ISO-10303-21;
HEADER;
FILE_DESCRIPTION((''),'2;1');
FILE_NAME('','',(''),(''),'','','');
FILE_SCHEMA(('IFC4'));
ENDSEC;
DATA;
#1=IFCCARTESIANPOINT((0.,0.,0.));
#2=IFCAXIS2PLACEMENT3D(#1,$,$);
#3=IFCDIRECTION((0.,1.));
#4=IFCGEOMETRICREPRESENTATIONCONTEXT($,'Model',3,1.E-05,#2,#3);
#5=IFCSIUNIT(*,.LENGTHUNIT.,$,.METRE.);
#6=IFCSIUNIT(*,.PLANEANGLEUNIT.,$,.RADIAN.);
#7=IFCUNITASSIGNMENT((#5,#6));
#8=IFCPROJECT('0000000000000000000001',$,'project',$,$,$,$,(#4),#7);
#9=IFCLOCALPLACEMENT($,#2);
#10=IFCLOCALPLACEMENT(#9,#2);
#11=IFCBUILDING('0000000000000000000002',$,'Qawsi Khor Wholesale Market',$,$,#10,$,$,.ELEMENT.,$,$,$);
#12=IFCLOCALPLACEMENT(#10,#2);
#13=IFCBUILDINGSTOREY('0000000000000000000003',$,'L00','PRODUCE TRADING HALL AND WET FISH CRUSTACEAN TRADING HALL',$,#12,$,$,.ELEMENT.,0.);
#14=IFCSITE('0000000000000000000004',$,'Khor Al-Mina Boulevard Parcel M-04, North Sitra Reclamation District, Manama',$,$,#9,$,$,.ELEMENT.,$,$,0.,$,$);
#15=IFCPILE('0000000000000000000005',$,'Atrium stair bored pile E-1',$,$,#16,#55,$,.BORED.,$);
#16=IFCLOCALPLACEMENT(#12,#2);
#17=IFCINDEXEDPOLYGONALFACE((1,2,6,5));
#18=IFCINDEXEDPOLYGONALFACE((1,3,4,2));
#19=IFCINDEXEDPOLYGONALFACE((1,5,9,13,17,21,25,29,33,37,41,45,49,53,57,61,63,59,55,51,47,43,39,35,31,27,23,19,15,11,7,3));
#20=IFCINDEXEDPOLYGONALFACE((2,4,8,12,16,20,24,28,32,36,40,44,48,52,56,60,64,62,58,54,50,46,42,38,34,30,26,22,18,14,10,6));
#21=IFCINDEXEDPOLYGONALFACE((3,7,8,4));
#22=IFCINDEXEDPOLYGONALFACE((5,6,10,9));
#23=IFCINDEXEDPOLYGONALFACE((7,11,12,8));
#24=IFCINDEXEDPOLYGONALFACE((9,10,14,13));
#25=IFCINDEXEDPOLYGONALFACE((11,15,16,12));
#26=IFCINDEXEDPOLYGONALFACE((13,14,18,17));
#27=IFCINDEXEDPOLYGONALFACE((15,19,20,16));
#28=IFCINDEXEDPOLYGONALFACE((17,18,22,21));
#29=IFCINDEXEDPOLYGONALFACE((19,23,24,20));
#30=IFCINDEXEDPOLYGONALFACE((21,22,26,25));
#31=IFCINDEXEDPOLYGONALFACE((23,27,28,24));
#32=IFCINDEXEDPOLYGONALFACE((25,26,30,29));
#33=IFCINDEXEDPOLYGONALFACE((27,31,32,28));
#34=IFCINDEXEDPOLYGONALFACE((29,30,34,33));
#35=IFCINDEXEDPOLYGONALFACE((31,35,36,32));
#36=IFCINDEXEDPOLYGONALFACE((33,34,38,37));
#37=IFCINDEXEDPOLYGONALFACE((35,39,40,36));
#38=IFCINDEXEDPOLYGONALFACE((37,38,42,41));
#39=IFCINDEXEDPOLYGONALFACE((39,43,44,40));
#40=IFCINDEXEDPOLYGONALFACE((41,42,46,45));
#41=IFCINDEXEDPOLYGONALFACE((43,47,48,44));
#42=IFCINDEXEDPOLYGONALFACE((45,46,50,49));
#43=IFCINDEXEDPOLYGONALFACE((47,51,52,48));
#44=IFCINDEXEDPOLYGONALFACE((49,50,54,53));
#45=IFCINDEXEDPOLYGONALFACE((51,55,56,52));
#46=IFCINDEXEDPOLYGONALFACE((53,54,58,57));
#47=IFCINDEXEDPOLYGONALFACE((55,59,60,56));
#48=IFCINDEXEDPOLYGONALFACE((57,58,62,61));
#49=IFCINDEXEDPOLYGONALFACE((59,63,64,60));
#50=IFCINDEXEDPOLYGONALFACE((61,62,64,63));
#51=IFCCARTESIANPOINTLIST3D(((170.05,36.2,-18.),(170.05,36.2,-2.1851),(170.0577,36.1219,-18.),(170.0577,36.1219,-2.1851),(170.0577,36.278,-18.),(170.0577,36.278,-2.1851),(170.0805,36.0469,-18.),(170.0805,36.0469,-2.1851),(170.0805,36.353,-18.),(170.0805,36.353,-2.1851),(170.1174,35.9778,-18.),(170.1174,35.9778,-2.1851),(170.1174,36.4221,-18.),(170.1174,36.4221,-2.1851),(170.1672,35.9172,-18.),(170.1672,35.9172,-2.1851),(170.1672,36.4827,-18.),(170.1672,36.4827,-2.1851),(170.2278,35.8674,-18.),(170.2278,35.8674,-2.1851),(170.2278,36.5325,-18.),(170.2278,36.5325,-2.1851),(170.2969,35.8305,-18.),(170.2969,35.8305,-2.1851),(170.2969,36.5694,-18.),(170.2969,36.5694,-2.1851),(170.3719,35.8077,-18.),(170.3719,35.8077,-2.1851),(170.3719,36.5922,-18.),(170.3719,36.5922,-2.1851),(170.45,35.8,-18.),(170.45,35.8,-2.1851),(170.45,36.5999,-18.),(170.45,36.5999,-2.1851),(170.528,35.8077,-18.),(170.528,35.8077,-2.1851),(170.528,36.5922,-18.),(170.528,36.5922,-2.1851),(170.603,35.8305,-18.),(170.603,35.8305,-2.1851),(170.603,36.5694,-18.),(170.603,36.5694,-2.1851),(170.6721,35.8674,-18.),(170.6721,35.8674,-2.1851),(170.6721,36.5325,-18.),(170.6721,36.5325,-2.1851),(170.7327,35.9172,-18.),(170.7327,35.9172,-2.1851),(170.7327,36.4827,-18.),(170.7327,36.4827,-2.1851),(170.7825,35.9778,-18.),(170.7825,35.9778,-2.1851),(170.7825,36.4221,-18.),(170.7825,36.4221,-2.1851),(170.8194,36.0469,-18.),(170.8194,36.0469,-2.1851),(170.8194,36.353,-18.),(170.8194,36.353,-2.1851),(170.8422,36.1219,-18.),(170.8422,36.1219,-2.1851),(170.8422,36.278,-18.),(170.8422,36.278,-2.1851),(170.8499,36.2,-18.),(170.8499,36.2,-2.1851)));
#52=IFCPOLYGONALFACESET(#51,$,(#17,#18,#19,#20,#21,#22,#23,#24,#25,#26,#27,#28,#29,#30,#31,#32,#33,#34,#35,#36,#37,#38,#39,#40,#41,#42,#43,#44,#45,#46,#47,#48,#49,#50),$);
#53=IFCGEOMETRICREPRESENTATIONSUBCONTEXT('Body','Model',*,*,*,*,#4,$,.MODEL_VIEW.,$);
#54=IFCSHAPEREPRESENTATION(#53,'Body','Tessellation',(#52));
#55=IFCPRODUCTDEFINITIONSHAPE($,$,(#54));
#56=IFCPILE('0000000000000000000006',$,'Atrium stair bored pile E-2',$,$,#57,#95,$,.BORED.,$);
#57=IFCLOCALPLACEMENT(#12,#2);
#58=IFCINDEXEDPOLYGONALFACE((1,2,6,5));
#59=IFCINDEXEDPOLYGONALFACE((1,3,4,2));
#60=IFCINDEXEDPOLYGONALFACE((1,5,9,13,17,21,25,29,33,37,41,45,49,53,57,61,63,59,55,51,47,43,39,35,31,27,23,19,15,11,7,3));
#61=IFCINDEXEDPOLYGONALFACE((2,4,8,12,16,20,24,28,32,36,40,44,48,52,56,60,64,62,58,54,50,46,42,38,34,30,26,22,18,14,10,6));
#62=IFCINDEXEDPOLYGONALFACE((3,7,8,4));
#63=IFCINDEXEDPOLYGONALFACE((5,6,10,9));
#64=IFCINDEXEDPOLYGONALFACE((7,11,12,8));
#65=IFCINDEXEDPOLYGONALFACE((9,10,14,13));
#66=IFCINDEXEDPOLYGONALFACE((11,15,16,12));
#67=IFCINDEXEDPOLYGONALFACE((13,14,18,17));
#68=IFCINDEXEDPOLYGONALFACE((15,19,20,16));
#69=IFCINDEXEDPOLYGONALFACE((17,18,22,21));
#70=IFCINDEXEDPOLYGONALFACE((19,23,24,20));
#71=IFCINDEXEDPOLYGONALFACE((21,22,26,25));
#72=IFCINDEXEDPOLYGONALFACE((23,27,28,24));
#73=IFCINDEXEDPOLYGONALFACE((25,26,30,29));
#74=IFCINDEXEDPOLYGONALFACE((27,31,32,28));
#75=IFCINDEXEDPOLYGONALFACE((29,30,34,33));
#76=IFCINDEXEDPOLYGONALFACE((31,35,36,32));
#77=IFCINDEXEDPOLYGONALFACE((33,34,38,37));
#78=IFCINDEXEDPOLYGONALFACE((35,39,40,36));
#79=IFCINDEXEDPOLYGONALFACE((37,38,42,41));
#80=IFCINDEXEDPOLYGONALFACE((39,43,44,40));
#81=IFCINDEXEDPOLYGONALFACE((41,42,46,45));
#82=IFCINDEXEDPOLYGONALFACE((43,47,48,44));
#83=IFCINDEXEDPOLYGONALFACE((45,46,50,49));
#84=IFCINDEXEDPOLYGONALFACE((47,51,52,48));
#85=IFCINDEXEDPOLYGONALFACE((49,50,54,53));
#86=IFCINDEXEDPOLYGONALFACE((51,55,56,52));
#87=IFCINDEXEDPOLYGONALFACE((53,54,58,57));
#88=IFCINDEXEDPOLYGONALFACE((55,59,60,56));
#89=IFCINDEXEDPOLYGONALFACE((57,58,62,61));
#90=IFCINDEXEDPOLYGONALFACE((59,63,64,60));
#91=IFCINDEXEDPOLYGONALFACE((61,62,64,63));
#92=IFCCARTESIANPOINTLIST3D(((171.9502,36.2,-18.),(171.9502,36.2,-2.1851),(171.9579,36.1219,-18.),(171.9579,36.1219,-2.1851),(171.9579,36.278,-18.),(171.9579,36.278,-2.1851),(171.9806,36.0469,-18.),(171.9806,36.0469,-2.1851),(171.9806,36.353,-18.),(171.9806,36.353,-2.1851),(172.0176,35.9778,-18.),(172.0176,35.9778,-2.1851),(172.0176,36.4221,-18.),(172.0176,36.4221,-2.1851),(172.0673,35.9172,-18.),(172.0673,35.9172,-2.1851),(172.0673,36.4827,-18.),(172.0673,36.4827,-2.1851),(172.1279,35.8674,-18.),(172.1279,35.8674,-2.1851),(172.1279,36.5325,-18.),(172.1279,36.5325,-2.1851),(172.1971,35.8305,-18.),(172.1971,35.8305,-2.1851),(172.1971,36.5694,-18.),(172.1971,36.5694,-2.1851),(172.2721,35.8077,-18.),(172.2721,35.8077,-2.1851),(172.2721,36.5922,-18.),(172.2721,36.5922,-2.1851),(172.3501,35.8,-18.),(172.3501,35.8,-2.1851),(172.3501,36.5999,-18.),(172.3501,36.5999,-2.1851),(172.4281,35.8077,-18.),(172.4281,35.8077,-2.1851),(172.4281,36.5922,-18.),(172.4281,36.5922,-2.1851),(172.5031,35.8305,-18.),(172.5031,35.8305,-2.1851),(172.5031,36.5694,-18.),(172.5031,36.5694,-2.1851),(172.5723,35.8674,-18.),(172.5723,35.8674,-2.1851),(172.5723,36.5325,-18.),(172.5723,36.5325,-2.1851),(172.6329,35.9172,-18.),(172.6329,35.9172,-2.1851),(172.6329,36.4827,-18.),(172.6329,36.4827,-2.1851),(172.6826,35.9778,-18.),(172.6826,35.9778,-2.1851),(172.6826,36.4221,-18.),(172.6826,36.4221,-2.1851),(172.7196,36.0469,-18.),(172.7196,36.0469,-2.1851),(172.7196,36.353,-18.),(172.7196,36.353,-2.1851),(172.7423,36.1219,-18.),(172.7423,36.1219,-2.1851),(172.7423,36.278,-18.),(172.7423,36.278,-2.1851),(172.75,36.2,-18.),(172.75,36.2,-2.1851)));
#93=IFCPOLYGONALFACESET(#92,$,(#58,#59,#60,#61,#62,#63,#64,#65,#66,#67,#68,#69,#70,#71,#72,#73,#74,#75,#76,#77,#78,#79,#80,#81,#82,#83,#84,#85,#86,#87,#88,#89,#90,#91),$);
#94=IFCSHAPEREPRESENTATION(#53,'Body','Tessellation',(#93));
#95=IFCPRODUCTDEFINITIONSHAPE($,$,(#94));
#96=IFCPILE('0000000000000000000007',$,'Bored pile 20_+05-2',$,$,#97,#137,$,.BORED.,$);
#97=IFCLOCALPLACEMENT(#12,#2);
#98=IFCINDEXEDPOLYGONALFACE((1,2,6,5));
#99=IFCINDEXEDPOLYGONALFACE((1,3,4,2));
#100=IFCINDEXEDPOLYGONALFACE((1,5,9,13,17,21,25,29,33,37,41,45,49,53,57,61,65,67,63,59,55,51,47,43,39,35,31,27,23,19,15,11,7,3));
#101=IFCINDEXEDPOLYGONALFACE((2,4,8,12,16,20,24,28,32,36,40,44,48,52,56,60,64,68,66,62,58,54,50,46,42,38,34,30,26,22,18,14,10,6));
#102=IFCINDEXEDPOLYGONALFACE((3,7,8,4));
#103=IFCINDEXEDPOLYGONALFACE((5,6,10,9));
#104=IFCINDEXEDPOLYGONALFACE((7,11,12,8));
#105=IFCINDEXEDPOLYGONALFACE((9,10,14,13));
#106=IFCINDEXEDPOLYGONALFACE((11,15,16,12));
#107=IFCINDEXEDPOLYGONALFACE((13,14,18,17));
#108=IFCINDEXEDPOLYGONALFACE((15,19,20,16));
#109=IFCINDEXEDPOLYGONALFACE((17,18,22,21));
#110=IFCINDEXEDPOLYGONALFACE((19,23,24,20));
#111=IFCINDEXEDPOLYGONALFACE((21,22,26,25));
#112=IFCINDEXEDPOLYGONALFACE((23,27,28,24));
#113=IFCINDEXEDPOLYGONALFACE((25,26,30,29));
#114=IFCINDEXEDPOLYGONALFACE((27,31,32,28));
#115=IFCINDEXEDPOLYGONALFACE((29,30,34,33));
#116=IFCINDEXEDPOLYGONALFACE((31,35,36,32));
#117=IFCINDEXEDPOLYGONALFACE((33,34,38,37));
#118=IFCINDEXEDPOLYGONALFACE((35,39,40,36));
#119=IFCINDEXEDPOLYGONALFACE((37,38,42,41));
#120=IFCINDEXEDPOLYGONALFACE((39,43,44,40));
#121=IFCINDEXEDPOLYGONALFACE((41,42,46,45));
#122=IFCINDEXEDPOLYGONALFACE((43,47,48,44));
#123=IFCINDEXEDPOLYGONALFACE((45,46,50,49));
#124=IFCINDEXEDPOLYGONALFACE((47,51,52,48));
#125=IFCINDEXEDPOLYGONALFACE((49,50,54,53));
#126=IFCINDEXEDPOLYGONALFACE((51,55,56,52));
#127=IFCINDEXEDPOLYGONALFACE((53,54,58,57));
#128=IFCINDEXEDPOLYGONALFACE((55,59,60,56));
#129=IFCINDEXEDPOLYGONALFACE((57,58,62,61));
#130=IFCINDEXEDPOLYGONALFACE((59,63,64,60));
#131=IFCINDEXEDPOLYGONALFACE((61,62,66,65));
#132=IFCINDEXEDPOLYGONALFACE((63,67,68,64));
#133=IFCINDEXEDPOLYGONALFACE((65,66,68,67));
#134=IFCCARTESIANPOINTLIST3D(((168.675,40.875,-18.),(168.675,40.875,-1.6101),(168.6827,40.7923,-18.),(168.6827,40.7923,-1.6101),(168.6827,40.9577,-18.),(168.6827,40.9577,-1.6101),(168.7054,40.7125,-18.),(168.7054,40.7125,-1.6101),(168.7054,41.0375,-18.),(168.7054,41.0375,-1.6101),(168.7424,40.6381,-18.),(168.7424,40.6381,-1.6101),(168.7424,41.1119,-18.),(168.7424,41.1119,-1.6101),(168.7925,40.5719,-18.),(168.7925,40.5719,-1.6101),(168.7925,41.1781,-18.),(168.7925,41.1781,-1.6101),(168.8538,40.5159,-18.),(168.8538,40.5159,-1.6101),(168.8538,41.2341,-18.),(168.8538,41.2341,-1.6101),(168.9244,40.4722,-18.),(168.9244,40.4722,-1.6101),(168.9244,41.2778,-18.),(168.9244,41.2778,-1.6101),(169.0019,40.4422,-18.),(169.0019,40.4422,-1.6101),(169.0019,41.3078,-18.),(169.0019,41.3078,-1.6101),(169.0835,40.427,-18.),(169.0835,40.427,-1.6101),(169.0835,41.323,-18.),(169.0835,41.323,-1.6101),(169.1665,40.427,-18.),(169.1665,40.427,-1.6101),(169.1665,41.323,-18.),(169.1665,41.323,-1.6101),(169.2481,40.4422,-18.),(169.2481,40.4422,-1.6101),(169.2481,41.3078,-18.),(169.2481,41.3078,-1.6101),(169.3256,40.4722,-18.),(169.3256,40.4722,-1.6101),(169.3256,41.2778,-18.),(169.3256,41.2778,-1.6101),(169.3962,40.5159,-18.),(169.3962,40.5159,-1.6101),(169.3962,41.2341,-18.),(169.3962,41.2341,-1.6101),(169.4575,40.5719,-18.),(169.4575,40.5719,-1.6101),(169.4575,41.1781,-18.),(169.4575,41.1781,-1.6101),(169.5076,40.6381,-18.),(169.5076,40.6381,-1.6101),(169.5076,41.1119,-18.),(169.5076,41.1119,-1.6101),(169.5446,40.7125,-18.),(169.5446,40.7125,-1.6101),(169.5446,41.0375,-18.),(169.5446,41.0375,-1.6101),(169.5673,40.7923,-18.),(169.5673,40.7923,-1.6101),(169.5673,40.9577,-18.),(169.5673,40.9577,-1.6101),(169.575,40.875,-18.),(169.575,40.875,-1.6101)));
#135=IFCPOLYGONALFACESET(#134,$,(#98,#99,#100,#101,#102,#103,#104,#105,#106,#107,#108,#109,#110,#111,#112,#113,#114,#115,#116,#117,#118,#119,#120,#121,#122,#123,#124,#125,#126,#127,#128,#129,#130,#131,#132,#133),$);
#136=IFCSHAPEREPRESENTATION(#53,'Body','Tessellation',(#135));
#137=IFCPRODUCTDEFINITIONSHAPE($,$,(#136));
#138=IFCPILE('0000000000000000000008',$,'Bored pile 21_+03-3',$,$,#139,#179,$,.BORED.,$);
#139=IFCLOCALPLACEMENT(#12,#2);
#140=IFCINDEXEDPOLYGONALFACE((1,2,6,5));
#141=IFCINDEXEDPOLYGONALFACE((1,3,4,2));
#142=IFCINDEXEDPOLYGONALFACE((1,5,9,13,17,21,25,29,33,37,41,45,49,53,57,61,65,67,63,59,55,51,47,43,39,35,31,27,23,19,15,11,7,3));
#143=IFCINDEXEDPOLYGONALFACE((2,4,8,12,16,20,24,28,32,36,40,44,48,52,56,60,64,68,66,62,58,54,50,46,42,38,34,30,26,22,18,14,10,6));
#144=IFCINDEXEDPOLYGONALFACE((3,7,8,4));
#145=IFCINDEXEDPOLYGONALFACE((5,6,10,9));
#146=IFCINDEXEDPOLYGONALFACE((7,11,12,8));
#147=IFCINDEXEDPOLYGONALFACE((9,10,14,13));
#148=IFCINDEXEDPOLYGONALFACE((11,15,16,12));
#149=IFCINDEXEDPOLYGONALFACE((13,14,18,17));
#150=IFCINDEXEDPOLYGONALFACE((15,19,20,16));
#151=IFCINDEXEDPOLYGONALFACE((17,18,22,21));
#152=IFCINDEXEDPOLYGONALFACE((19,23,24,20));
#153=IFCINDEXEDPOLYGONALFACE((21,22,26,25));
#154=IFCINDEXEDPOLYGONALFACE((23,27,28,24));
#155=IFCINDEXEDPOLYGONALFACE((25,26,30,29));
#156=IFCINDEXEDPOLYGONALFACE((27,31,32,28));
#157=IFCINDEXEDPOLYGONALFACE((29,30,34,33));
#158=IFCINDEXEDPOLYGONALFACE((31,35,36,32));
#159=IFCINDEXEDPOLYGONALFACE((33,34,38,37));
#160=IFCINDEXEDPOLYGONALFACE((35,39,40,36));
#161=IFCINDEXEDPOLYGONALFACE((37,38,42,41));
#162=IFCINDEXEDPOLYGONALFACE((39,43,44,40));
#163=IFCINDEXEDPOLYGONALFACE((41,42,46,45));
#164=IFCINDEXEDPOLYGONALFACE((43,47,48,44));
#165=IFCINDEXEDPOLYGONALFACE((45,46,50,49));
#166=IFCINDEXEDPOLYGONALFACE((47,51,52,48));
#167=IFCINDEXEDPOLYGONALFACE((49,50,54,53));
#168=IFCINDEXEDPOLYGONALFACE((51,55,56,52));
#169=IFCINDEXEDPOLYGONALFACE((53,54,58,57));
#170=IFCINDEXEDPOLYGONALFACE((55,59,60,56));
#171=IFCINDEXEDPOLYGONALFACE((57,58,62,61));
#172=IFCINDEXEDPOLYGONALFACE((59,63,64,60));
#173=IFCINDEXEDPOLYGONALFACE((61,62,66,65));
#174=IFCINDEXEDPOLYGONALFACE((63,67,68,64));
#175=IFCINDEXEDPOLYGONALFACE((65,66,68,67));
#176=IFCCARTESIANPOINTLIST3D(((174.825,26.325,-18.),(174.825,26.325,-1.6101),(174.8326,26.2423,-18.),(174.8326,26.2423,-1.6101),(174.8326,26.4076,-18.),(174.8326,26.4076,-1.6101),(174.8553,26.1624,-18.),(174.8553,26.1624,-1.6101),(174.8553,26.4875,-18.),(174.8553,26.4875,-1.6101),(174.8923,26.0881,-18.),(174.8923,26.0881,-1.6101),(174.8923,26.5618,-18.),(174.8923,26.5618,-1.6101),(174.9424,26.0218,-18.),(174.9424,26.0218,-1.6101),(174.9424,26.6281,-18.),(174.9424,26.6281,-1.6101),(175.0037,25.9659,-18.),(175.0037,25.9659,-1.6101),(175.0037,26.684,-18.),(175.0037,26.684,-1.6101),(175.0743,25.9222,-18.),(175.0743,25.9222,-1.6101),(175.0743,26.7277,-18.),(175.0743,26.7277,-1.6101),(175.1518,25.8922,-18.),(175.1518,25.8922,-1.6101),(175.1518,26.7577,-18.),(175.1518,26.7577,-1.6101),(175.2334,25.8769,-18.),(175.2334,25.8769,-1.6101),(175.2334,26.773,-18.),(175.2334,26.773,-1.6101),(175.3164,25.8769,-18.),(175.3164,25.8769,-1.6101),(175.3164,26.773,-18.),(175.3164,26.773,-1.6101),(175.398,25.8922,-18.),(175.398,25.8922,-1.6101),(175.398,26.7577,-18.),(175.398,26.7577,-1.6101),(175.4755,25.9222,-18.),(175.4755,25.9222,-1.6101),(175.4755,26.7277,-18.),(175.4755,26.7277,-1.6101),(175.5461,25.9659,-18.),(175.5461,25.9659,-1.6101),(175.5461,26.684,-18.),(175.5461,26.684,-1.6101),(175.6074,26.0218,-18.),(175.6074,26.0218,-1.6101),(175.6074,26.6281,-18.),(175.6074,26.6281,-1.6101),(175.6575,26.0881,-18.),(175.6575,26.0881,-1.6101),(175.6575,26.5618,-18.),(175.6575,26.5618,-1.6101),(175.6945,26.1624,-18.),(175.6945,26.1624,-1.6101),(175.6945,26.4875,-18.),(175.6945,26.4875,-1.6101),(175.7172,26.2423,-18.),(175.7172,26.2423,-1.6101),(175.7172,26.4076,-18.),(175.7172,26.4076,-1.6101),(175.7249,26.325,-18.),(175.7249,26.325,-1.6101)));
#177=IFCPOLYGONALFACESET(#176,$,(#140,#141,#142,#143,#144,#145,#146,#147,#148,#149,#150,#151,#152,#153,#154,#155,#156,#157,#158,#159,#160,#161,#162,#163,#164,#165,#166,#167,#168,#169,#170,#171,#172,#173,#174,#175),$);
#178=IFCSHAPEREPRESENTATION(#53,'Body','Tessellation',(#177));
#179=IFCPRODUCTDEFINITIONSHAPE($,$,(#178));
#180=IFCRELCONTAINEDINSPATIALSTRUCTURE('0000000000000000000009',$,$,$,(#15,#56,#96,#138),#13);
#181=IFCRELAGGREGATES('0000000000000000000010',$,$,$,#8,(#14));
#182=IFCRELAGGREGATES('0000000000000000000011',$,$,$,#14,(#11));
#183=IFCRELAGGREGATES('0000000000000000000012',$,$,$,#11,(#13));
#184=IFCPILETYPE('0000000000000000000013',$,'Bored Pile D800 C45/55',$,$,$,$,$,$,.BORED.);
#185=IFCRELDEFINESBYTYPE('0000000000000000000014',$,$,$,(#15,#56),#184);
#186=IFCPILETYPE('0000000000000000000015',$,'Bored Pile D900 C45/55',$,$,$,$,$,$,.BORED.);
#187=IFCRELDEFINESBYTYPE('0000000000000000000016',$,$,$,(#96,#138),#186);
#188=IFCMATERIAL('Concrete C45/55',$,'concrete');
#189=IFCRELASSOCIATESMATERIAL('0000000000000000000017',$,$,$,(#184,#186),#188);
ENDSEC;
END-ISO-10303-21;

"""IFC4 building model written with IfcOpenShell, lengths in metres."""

from ifc_helpers import new_model, si_unit, direction, frame, origin, origin_2d, place, context, subcontext, project, spatial, circle, extrude, material, material_profile, profile_set, type_object, element, save


model = new_model("IFC4")

# Units and contexts
model_context = context("Model", 3, precision=1e-05, world=origin(), true_north=direction((0.0, 1.0)))
body_context = subcontext(model_context, "Body", "Model", "MODEL_VIEW")
ifc_project = project(units=[si_unit("LENGTHUNIT", "METRE"), si_unit("PLANEANGLEUNIT", "RADIAN")], contexts=[model_context])

# Site, building, storey
site_placement = place(None, origin())
site = spatial("IfcSite", under=ifc_project, at=site_placement, Name="Khor Al-Mina Boulevard Parcel M-04, North Sitra Reclamation District, Manama", CompositionType="ELEMENT", RefElevation=0.0)
building_placement = place(site_placement, origin())
building = spatial("IfcBuilding", under=site, at=building_placement, Name="Qawsi Khor Wholesale Market", CompositionType="ELEMENT")
storey_placement = place(building_placement, origin())
storey = spatial("IfcBuildingStorey", under=building, at=storey_placement, Name="L00", Description="PRODUCE TRADING HALL AND WET FISH CRUSTACEAN TRADING HALL", CompositionType="ELEMENT", Elevation=0.0)

# Piles
ifc_material_1 = material(Name="Concrete C45/55", Category="concrete")
ifc_material_profile_1 = material_profile(ifc_material_1, circle(Radius=0.3999, at=origin_2d()), Name="PILE D800")
ifc_profile_set_1 = profile_set([ifc_material_profile_1], Name="Concrete C45/55")
pile_type_1 = type_object("IfcPileType", Name="Bored Pile D800 C45/55", PredefinedType="BORED", material=ifc_profile_set_1)
for number, where, z_axis, x_axis, name in (
    (1, (170.45, 36.2, -2.1851), (0.0, 0.0, -1.0), (1.0, 0.0, 0.0), "Atrium stair bored pile E-1"),
    (2, (172.3501, 36.2, -2.1851), (0.0, 0.0, -1.0), (1.0, 0.0, 0.0), "Atrium stair bored pile E-2"),
):
    element("IfcPile", number, at=place(storey_placement, frame(where, z_axis=z_axis, x_axis=x_axis)), inside=storey, type_object=pile_type_1, Name=name, PredefinedType="BORED", context=body_context, shape_type="SweptSolid", body=[
        extrude(circle(Radius=0.3999, at=origin_2d()), origin(), (0.0, 0.0, 1.0), 15.8149),
    ])
ifc_material_profile_2 = material_profile(ifc_material_1, circle(Radius=0.45, at=origin_2d()), Name="PILE D900")
ifc_profile_set_2 = profile_set([ifc_material_profile_2], Name="Concrete C45/55")
pile_type_2 = type_object("IfcPileType", Name="Bored Pile D900 C45/55", PredefinedType="BORED", material=ifc_profile_set_2)
for number, where, z_axis, x_axis, name in (
    (3, (169.125, 40.875, -1.6101), (0.0, 0.0, -1.0), (1.0, 0.0, 0.0), "Bored pile 20_+05-2"),
    (4, (175.2749, 26.325, -1.6101), (0.0, 0.0, -1.0), (1.0, 0.0, 0.0), "Bored pile 21_+03-3"),
):
    element("IfcPile", number, at=place(storey_placement, frame(where, z_axis=z_axis, x_axis=x_axis)), inside=storey, type_object=pile_type_2, Name=name, PredefinedType="BORED", context=body_context, shape_type="SweptSolid", body=[
        extrude(circle(Radius=0.45, at=origin_2d()), origin(), (0.0, 0.0, 1.0), 16.3899),
    ])

save(model, "model.ifc")
